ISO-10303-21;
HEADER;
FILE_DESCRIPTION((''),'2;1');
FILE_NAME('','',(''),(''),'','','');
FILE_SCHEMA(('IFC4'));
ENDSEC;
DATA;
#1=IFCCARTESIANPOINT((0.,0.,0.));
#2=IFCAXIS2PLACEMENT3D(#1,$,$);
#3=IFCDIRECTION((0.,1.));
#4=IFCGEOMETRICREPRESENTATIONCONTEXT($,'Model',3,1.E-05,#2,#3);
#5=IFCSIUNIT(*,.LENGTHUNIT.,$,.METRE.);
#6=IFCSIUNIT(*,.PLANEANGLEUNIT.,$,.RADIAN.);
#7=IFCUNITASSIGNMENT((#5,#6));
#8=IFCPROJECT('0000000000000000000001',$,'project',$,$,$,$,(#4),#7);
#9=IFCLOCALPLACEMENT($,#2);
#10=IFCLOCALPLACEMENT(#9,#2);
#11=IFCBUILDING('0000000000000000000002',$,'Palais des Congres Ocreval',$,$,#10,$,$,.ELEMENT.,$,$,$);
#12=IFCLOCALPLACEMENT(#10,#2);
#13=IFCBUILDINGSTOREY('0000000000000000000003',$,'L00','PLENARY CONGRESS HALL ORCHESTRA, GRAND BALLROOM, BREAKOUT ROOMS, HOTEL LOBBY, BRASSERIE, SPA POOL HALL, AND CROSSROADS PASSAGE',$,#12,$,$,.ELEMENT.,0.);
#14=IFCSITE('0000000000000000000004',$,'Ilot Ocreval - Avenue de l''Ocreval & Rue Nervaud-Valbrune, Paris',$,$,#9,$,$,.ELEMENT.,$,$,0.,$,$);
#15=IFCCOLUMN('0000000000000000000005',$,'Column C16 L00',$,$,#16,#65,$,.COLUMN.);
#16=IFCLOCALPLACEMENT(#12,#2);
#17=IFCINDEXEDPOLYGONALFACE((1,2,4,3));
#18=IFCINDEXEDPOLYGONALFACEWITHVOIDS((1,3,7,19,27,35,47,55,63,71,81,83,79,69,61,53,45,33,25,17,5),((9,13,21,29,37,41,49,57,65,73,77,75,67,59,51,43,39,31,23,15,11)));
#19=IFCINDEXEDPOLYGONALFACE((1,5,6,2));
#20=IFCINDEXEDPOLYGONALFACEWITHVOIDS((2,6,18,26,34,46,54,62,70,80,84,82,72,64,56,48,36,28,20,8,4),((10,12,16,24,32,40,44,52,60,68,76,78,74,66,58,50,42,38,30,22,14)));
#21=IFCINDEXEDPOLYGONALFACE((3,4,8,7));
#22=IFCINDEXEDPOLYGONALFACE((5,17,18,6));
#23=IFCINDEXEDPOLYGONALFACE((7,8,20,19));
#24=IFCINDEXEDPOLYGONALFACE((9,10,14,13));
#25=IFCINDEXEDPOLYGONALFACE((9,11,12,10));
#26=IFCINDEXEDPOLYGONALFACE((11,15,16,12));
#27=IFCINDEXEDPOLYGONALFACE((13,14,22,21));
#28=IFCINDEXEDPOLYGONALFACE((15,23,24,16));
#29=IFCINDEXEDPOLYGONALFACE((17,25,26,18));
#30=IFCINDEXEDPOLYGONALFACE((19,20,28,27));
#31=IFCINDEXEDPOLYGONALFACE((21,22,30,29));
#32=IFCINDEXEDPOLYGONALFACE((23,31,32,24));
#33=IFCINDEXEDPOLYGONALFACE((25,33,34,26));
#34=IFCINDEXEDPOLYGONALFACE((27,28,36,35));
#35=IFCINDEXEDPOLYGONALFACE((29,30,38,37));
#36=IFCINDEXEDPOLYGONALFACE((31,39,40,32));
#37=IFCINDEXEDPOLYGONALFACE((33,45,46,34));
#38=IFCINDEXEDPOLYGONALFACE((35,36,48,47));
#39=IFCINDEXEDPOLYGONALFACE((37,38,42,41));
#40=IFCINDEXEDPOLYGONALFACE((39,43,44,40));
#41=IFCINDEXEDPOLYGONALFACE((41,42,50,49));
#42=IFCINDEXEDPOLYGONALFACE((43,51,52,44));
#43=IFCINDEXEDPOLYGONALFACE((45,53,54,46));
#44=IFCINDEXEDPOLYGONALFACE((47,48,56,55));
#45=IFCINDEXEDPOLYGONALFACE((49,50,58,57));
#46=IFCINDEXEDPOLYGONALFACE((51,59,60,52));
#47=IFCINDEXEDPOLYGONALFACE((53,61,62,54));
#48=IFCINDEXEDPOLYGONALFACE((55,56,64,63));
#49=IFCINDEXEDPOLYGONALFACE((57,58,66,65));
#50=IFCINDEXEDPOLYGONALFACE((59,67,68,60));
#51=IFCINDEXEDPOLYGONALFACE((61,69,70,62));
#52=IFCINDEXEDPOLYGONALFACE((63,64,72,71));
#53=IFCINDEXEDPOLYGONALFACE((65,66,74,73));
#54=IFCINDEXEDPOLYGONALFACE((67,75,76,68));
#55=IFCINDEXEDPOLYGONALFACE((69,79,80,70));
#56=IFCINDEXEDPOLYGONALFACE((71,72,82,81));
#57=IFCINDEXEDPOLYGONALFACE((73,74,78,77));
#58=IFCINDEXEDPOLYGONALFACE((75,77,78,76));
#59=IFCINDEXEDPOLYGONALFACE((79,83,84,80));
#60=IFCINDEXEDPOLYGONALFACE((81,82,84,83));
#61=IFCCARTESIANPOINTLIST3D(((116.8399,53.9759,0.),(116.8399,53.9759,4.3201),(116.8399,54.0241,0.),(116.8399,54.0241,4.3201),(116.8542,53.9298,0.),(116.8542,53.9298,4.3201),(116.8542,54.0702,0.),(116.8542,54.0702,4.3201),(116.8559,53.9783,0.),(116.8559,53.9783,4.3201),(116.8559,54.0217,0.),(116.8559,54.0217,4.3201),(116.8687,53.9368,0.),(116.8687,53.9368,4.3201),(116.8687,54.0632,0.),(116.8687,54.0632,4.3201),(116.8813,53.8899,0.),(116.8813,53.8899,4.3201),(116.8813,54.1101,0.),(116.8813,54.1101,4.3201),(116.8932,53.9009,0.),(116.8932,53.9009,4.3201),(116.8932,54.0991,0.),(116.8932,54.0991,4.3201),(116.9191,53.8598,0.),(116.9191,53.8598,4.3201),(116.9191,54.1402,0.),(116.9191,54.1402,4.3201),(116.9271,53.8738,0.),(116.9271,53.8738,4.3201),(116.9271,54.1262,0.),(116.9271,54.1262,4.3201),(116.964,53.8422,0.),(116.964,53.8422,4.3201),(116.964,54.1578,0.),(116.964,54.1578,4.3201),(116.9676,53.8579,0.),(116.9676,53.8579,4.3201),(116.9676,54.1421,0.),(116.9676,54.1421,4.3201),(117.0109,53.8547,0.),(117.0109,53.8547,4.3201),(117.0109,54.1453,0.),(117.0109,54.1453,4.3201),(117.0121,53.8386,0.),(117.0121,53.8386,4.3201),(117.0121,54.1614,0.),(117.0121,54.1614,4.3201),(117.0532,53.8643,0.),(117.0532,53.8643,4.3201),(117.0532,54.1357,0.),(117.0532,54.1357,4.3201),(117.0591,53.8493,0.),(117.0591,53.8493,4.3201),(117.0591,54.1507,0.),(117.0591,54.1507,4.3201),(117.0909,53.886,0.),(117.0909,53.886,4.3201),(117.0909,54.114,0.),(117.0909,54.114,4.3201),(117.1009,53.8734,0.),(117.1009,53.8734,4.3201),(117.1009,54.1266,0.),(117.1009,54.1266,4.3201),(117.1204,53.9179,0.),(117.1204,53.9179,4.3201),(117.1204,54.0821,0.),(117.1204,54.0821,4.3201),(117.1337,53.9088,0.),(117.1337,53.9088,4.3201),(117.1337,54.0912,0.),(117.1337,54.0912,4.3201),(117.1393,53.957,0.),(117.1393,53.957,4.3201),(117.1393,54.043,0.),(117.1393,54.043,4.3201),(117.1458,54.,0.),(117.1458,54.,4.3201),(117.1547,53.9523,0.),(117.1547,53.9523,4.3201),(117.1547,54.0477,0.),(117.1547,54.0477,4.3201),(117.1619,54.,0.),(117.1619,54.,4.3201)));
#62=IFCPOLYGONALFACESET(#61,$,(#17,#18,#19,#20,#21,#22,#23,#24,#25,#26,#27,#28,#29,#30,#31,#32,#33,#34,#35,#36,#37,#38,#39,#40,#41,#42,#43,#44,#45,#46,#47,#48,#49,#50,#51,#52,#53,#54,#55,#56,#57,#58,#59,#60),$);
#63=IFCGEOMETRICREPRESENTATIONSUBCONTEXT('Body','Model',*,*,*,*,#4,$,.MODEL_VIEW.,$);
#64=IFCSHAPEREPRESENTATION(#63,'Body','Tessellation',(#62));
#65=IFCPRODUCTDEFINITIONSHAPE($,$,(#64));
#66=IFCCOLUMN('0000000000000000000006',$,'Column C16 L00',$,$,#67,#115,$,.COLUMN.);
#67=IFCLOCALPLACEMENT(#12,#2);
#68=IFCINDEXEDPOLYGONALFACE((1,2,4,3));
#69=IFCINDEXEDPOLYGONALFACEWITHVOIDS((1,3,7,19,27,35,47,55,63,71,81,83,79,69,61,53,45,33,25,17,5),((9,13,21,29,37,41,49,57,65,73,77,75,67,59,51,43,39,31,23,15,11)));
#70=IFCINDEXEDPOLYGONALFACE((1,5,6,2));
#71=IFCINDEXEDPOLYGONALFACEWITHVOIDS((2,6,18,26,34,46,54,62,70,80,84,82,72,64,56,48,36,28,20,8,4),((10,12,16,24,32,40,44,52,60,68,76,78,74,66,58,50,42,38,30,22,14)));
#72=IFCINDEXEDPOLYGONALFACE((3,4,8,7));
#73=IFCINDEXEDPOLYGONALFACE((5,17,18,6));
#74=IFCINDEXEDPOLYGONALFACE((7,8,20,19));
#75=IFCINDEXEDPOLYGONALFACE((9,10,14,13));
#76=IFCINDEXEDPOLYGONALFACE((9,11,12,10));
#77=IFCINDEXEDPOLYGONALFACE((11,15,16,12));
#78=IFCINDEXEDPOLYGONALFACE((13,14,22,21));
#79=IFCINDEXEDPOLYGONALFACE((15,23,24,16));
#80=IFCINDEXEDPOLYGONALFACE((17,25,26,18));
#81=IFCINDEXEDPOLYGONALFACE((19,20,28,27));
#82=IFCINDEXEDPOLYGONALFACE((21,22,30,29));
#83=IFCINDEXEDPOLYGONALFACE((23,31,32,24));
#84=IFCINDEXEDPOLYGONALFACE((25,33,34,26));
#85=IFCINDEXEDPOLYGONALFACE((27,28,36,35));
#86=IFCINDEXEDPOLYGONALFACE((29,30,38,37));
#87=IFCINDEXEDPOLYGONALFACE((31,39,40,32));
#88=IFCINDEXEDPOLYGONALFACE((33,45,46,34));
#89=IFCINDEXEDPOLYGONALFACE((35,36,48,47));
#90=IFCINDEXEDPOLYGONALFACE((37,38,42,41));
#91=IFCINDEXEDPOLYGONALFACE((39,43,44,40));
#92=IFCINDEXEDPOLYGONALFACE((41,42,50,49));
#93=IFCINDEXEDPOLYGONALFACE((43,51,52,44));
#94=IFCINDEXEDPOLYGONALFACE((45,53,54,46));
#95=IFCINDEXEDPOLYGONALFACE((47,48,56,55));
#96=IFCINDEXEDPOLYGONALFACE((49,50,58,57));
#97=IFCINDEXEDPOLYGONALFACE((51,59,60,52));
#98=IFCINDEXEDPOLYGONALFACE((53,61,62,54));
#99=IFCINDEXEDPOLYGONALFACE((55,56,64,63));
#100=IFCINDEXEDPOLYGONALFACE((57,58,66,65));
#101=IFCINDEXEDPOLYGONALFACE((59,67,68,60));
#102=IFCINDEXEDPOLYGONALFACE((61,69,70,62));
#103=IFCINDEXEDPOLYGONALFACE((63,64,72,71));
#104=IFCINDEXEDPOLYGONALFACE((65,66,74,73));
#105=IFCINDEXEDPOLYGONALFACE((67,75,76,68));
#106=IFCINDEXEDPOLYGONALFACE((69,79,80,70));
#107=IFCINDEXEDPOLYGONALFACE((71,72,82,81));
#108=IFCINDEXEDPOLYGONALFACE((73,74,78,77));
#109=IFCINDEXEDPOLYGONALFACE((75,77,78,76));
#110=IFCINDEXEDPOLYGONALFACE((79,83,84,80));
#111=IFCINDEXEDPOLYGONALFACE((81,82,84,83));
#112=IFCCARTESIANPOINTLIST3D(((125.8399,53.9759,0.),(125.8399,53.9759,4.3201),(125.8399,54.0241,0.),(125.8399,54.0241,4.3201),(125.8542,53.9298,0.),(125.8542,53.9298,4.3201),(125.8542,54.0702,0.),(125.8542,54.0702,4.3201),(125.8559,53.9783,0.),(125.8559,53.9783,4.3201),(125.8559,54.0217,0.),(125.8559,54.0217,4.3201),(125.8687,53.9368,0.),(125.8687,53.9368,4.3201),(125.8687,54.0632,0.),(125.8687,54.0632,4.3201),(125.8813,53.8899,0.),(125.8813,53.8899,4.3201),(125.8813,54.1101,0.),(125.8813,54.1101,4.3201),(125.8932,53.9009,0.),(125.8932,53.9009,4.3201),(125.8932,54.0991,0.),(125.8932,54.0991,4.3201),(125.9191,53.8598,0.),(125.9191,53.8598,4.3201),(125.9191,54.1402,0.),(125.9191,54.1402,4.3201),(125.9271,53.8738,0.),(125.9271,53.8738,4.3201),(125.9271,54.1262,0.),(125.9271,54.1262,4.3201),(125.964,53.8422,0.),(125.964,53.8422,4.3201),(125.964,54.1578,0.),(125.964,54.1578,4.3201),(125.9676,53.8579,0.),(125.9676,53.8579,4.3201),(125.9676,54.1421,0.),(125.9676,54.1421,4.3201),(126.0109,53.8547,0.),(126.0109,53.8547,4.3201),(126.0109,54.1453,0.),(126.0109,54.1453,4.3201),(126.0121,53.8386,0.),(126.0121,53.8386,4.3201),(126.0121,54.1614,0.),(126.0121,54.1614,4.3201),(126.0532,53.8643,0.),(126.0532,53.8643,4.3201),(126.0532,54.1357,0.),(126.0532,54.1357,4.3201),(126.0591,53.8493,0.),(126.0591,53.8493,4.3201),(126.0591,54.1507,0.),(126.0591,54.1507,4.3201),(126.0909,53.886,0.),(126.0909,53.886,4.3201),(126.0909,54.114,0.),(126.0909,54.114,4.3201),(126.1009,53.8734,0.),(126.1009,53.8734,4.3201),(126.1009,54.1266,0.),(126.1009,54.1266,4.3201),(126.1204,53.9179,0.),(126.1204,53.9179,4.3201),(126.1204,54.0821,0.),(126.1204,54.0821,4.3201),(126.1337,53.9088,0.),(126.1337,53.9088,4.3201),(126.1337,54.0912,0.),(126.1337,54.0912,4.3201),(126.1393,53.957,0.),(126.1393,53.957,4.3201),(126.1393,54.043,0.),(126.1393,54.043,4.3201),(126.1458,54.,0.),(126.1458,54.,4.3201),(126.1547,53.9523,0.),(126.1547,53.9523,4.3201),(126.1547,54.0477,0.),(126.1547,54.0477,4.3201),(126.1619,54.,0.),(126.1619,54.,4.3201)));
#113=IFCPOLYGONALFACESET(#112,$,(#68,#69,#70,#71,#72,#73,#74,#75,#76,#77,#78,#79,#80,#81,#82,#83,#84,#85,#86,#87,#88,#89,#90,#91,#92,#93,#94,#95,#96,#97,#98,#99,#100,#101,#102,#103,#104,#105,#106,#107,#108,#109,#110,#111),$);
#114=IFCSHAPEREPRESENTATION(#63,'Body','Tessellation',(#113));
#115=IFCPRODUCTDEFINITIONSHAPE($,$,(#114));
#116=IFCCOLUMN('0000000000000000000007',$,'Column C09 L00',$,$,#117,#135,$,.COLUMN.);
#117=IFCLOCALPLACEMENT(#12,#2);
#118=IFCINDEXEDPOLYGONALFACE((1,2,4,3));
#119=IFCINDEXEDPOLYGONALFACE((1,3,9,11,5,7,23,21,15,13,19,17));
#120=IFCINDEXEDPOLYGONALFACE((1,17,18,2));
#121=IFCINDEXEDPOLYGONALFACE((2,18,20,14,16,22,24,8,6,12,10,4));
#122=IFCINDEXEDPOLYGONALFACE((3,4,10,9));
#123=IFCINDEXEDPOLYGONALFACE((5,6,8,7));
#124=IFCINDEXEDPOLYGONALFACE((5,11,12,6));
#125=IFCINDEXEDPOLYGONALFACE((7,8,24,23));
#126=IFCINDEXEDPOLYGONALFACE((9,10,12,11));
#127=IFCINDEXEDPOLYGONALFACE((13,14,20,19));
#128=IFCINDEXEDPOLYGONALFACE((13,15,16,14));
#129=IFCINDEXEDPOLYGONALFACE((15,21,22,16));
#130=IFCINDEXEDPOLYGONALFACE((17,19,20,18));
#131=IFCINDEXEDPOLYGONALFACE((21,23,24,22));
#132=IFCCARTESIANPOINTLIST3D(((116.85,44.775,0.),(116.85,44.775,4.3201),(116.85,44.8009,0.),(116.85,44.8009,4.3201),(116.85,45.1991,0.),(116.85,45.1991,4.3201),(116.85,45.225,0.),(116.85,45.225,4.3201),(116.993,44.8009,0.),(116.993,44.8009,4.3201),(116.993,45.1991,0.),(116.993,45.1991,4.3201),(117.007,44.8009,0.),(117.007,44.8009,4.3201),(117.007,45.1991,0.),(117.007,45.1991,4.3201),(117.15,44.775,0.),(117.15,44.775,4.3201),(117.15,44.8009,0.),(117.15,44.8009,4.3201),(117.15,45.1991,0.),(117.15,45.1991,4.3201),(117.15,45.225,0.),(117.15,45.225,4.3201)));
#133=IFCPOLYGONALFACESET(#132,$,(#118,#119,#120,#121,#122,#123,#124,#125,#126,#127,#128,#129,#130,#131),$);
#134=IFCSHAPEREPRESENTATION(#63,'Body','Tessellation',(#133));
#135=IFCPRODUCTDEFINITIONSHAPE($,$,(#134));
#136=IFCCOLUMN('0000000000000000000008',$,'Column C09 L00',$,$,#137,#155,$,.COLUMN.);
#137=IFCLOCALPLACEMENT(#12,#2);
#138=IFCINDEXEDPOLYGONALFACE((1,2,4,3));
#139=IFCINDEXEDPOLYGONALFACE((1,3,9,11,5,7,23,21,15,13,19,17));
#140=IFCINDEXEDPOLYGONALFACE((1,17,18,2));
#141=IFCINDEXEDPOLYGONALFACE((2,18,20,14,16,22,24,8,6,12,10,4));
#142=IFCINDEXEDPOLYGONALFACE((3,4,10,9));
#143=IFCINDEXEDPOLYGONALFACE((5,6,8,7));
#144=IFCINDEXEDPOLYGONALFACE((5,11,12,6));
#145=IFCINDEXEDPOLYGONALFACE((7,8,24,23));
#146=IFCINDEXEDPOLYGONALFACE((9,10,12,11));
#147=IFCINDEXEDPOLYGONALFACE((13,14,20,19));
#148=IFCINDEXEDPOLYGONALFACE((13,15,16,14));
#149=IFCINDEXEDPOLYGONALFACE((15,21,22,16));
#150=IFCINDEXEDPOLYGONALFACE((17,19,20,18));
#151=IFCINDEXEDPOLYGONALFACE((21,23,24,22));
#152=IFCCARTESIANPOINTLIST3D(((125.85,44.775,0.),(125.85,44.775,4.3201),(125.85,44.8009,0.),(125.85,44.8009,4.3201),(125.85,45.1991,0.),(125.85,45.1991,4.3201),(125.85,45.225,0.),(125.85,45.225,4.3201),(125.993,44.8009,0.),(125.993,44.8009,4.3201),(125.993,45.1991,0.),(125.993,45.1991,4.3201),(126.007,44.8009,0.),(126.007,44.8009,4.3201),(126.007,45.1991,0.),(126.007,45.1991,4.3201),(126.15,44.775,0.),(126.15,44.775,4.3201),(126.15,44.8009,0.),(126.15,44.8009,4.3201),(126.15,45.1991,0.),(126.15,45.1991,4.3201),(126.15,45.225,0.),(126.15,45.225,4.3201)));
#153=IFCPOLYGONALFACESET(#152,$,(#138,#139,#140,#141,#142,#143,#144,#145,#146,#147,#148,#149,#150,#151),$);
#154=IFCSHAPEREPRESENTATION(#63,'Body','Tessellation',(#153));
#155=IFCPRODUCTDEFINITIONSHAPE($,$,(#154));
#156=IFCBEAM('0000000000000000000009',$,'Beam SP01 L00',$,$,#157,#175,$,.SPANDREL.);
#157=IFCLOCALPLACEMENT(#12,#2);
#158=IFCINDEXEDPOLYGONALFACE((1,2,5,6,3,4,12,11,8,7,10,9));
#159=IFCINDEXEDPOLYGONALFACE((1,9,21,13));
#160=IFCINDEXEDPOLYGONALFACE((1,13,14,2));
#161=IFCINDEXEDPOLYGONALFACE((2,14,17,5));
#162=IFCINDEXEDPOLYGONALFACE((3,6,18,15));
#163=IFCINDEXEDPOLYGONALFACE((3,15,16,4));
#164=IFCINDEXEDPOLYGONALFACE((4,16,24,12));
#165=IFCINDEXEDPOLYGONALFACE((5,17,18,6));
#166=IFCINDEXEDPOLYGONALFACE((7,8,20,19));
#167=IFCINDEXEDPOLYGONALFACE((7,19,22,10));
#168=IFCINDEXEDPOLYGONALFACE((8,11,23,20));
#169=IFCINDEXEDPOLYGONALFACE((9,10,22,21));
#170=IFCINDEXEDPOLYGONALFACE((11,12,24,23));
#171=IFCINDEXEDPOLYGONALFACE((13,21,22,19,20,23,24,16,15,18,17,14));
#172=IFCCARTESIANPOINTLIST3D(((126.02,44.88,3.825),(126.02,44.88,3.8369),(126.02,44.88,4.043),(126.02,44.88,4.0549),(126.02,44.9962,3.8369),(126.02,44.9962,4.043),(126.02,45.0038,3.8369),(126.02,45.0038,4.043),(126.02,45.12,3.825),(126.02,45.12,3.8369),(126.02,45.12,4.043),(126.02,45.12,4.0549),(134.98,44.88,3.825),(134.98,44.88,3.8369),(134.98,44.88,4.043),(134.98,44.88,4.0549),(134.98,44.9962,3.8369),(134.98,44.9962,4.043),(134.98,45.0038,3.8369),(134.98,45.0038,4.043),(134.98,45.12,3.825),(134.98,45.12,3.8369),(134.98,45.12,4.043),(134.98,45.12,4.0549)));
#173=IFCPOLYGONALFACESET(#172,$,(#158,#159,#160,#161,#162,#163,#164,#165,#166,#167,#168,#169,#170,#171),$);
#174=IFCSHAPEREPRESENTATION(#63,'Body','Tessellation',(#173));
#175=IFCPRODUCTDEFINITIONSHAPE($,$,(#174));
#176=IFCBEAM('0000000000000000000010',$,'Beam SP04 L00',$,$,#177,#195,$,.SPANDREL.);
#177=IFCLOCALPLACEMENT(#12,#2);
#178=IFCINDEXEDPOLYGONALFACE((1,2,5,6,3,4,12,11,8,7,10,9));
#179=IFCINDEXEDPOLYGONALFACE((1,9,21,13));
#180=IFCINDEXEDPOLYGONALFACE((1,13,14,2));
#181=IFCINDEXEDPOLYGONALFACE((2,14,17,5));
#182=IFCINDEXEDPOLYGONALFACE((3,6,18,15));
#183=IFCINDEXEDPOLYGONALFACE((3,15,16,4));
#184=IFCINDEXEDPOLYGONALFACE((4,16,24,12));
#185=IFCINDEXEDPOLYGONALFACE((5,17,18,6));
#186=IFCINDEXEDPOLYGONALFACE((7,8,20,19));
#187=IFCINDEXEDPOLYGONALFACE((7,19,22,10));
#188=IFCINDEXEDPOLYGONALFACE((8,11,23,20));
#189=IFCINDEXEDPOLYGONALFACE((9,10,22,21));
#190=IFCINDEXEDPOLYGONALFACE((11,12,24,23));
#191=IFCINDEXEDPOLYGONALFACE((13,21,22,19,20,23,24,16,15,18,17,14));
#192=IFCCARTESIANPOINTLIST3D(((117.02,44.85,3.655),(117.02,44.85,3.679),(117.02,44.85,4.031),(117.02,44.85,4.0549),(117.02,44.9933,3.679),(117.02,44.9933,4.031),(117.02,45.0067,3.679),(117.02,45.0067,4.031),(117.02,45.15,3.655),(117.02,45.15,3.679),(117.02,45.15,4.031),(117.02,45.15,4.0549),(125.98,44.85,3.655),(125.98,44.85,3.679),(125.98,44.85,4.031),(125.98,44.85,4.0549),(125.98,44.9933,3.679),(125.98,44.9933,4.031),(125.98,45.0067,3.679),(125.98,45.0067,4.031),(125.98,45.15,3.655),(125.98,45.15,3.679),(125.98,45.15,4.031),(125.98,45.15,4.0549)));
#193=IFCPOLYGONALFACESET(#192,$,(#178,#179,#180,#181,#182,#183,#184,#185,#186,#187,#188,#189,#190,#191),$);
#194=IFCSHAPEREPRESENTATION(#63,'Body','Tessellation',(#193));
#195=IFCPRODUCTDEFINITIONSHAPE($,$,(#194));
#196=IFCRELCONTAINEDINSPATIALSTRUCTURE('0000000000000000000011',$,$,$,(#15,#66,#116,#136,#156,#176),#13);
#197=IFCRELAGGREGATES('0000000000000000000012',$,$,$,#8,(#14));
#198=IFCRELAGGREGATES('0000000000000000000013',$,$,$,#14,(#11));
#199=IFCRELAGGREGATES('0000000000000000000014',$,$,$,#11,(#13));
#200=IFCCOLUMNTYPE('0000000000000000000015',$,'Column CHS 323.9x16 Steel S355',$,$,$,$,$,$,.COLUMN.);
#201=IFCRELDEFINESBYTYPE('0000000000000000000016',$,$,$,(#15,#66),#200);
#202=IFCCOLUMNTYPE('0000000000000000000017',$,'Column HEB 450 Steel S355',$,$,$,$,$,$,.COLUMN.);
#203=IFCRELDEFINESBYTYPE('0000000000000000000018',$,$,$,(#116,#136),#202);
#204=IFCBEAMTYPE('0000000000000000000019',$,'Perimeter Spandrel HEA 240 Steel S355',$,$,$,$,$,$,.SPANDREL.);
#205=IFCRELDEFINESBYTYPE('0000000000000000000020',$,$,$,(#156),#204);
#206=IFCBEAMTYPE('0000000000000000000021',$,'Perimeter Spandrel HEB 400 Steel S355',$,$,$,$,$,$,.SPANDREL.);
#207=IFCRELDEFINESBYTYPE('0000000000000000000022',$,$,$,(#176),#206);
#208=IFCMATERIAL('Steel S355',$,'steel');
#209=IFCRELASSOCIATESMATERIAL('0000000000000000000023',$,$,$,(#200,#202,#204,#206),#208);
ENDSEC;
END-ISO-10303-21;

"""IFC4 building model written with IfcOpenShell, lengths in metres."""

from ifc_helpers import new_model, si_unit, direction, frame, origin, origin_2d, place, context, subcontext, project, spatial, hollow_circle, i_section, extrude, material, material_profile, profile_set, type_object, element, save


model = new_model("IFC4")

# Units and contexts
model_context = context("Model", 3, precision=1e-05, world=origin(), true_north=direction((0.0, 1.0)))
body_context = subcontext(model_context, "Body", "Model", "MODEL_VIEW")
ifc_project = project(units=[si_unit("LENGTHUNIT", "METRE"), si_unit("PLANEANGLEUNIT", "RADIAN")], contexts=[model_context])

# Site, building, storey
site_placement = place(None, origin())
site = spatial("IfcSite", under=ifc_project, at=site_placement, Name="Ilot Ocreval - Avenue de l'Ocreval & Rue Nervaud-Valbrune, Paris", CompositionType="ELEMENT", RefElevation=0.0)
building_placement = place(site_placement, origin())
building = spatial("IfcBuilding", under=site, at=building_placement, Name="Palais des Congres Ocreval", CompositionType="ELEMENT")
storey_placement = place(building_placement, origin())
storey = spatial("IfcBuildingStorey", under=building, at=storey_placement, Name="L00", Description="PLENARY CONGRESS HALL ORCHESTRA, GRAND BALLROOM, BREAKOUT ROOMS, HOTEL LOBBY, BRASSERIE, SPA POOL HALL, AND CROSSROADS PASSAGE", CompositionType="ELEMENT", Elevation=0.0)

# Columns
ifc_material_1 = material(Name="Steel S355", Category="steel")
ifc_material_profile_1 = material_profile(ifc_material_1, hollow_circle(Radius=0.1619, WallThickness=0.0161, at=origin_2d()), Name="CHS 323.9x16")
ifc_profile_set_1 = profile_set([ifc_material_profile_1], Name="Steel S355")
column_type_1 = type_object("IfcColumnType", Name="Column CHS 323.9x16 Steel S355", PredefinedType="COLUMN", material=ifc_profile_set_1)
for number, where, z_axis, x_axis, name in (
    (1, (117.0, 54.0, 0.0), (0.0, 0.0, 1.0), (1.0, 0.0, 0.0), "Column C16 L00"),
    (2, (126.0, 54.0, 0.0), (0.0, 0.0, 1.0), (1.0, 0.0, 0.0), "Column C16 L00"),
):
    element("IfcColumn", number, at=place(storey_placement, frame(where, z_axis=z_axis, x_axis=x_axis)), inside=storey, type_object=column_type_1, Name=name, PredefinedType="COLUMN", context=body_context, shape_type="SweptSolid", body=[
        extrude(hollow_circle(Radius=0.1619, WallThickness=0.0161, at=origin_2d()), origin(), (0.0, 0.0, 1.0), 4.3201),
    ])
ifc_material_profile_2 = material_profile(ifc_material_1, i_section(OverallWidth=0.3, OverallDepth=0.45, WebThickness=0.0139, FlangeThickness=0.0259, at=origin_2d()), Name="HEB 450")
ifc_profile_set_2 = profile_set([ifc_material_profile_2], Name="Steel S355")
column_type_2 = type_object("IfcColumnType", Name="Column HEB 450 Steel S355", PredefinedType="COLUMN", material=ifc_profile_set_2)
for number, where, z_axis, x_axis, name in (
    (3, (117.0, 45.0, 0.0), (0.0, 0.0, 1.0), (1.0, 0.0, 0.0), "Column C09 L00"),
    (4, (126.0, 45.0, 0.0), (0.0, 0.0, 1.0), (1.0, 0.0, 0.0), "Column C09 L00"),
):
    element("IfcColumn", number, at=place(storey_placement, frame(where, z_axis=z_axis, x_axis=x_axis)), inside=storey, type_object=column_type_2, Name=name, PredefinedType="COLUMN", context=body_context, shape_type="SweptSolid", body=[
        extrude(i_section(OverallWidth=0.3, OverallDepth=0.45, WebThickness=0.0139, FlangeThickness=0.0259, at=origin_2d()), origin(), (0.0, 0.0, 1.0), 4.3201),
    ])

# Beams
ifc_material_profile_3 = material_profile(ifc_material_1, i_section(OverallWidth=0.24, OverallDepth=0.23, WebThickness=0.0076, FlangeThickness=0.012, at=origin_2d()), Name="HEA 240")
ifc_profile_set_3 = profile_set([ifc_material_profile_3], Name="Steel S355")
beam_type_1 = type_object("IfcBeamType", Name="Perimeter Spandrel HEA 240 Steel S355", PredefinedType="SPANDREL", material=ifc_profile_set_3)
beam_1_placement = place(storey_placement, frame((126.02, 45.0, 3.9399), z_axis=(1.0, 0.0, 0.0), x_axis=(0.0, 1.0, 0.0)))
element("IfcBeam", 5, at=beam_1_placement, inside=storey, type_object=beam_type_1, Name="Beam SP01 L00", PredefinedType="SPANDREL", context=body_context, shape_type="SweptSolid", body=[
    extrude(i_section(OverallWidth=0.24, OverallDepth=0.23, WebThickness=0.0076, FlangeThickness=0.012, at=origin_2d()), origin(), (0.0, 0.0, 1.0), 8.96),
])
ifc_material_profile_4 = material_profile(ifc_material_1, i_section(OverallWidth=0.3, OverallDepth=0.3999, WebThickness=0.0134, FlangeThickness=0.0239, at=origin_2d()), Name="HEB 400")
ifc_profile_set_4 = profile_set([ifc_material_profile_4], Name="Steel S355")
beam_type_2 = type_object("IfcBeamType", Name="Perimeter Spandrel HEB 400 Steel S355", PredefinedType="SPANDREL", material=ifc_profile_set_4)
beam_2_placement = place(storey_placement, frame((117.02, 45.0, 3.855), z_axis=(1.0, 0.0, 0.0), x_axis=(0.0, 1.0, 0.0)))
element("IfcBeam", 6, at=beam_2_placement, inside=storey, type_object=beam_type_2, Name="Beam SP04 L00", PredefinedType="SPANDREL", context=body_context, shape_type="SweptSolid", body=[
    extrude(i_section(OverallWidth=0.3, OverallDepth=0.3999, WebThickness=0.0134, FlangeThickness=0.0239, at=origin_2d()), origin(), (0.0, 0.0, 1.0), 8.96),
])

save(model, "model.ifc")
